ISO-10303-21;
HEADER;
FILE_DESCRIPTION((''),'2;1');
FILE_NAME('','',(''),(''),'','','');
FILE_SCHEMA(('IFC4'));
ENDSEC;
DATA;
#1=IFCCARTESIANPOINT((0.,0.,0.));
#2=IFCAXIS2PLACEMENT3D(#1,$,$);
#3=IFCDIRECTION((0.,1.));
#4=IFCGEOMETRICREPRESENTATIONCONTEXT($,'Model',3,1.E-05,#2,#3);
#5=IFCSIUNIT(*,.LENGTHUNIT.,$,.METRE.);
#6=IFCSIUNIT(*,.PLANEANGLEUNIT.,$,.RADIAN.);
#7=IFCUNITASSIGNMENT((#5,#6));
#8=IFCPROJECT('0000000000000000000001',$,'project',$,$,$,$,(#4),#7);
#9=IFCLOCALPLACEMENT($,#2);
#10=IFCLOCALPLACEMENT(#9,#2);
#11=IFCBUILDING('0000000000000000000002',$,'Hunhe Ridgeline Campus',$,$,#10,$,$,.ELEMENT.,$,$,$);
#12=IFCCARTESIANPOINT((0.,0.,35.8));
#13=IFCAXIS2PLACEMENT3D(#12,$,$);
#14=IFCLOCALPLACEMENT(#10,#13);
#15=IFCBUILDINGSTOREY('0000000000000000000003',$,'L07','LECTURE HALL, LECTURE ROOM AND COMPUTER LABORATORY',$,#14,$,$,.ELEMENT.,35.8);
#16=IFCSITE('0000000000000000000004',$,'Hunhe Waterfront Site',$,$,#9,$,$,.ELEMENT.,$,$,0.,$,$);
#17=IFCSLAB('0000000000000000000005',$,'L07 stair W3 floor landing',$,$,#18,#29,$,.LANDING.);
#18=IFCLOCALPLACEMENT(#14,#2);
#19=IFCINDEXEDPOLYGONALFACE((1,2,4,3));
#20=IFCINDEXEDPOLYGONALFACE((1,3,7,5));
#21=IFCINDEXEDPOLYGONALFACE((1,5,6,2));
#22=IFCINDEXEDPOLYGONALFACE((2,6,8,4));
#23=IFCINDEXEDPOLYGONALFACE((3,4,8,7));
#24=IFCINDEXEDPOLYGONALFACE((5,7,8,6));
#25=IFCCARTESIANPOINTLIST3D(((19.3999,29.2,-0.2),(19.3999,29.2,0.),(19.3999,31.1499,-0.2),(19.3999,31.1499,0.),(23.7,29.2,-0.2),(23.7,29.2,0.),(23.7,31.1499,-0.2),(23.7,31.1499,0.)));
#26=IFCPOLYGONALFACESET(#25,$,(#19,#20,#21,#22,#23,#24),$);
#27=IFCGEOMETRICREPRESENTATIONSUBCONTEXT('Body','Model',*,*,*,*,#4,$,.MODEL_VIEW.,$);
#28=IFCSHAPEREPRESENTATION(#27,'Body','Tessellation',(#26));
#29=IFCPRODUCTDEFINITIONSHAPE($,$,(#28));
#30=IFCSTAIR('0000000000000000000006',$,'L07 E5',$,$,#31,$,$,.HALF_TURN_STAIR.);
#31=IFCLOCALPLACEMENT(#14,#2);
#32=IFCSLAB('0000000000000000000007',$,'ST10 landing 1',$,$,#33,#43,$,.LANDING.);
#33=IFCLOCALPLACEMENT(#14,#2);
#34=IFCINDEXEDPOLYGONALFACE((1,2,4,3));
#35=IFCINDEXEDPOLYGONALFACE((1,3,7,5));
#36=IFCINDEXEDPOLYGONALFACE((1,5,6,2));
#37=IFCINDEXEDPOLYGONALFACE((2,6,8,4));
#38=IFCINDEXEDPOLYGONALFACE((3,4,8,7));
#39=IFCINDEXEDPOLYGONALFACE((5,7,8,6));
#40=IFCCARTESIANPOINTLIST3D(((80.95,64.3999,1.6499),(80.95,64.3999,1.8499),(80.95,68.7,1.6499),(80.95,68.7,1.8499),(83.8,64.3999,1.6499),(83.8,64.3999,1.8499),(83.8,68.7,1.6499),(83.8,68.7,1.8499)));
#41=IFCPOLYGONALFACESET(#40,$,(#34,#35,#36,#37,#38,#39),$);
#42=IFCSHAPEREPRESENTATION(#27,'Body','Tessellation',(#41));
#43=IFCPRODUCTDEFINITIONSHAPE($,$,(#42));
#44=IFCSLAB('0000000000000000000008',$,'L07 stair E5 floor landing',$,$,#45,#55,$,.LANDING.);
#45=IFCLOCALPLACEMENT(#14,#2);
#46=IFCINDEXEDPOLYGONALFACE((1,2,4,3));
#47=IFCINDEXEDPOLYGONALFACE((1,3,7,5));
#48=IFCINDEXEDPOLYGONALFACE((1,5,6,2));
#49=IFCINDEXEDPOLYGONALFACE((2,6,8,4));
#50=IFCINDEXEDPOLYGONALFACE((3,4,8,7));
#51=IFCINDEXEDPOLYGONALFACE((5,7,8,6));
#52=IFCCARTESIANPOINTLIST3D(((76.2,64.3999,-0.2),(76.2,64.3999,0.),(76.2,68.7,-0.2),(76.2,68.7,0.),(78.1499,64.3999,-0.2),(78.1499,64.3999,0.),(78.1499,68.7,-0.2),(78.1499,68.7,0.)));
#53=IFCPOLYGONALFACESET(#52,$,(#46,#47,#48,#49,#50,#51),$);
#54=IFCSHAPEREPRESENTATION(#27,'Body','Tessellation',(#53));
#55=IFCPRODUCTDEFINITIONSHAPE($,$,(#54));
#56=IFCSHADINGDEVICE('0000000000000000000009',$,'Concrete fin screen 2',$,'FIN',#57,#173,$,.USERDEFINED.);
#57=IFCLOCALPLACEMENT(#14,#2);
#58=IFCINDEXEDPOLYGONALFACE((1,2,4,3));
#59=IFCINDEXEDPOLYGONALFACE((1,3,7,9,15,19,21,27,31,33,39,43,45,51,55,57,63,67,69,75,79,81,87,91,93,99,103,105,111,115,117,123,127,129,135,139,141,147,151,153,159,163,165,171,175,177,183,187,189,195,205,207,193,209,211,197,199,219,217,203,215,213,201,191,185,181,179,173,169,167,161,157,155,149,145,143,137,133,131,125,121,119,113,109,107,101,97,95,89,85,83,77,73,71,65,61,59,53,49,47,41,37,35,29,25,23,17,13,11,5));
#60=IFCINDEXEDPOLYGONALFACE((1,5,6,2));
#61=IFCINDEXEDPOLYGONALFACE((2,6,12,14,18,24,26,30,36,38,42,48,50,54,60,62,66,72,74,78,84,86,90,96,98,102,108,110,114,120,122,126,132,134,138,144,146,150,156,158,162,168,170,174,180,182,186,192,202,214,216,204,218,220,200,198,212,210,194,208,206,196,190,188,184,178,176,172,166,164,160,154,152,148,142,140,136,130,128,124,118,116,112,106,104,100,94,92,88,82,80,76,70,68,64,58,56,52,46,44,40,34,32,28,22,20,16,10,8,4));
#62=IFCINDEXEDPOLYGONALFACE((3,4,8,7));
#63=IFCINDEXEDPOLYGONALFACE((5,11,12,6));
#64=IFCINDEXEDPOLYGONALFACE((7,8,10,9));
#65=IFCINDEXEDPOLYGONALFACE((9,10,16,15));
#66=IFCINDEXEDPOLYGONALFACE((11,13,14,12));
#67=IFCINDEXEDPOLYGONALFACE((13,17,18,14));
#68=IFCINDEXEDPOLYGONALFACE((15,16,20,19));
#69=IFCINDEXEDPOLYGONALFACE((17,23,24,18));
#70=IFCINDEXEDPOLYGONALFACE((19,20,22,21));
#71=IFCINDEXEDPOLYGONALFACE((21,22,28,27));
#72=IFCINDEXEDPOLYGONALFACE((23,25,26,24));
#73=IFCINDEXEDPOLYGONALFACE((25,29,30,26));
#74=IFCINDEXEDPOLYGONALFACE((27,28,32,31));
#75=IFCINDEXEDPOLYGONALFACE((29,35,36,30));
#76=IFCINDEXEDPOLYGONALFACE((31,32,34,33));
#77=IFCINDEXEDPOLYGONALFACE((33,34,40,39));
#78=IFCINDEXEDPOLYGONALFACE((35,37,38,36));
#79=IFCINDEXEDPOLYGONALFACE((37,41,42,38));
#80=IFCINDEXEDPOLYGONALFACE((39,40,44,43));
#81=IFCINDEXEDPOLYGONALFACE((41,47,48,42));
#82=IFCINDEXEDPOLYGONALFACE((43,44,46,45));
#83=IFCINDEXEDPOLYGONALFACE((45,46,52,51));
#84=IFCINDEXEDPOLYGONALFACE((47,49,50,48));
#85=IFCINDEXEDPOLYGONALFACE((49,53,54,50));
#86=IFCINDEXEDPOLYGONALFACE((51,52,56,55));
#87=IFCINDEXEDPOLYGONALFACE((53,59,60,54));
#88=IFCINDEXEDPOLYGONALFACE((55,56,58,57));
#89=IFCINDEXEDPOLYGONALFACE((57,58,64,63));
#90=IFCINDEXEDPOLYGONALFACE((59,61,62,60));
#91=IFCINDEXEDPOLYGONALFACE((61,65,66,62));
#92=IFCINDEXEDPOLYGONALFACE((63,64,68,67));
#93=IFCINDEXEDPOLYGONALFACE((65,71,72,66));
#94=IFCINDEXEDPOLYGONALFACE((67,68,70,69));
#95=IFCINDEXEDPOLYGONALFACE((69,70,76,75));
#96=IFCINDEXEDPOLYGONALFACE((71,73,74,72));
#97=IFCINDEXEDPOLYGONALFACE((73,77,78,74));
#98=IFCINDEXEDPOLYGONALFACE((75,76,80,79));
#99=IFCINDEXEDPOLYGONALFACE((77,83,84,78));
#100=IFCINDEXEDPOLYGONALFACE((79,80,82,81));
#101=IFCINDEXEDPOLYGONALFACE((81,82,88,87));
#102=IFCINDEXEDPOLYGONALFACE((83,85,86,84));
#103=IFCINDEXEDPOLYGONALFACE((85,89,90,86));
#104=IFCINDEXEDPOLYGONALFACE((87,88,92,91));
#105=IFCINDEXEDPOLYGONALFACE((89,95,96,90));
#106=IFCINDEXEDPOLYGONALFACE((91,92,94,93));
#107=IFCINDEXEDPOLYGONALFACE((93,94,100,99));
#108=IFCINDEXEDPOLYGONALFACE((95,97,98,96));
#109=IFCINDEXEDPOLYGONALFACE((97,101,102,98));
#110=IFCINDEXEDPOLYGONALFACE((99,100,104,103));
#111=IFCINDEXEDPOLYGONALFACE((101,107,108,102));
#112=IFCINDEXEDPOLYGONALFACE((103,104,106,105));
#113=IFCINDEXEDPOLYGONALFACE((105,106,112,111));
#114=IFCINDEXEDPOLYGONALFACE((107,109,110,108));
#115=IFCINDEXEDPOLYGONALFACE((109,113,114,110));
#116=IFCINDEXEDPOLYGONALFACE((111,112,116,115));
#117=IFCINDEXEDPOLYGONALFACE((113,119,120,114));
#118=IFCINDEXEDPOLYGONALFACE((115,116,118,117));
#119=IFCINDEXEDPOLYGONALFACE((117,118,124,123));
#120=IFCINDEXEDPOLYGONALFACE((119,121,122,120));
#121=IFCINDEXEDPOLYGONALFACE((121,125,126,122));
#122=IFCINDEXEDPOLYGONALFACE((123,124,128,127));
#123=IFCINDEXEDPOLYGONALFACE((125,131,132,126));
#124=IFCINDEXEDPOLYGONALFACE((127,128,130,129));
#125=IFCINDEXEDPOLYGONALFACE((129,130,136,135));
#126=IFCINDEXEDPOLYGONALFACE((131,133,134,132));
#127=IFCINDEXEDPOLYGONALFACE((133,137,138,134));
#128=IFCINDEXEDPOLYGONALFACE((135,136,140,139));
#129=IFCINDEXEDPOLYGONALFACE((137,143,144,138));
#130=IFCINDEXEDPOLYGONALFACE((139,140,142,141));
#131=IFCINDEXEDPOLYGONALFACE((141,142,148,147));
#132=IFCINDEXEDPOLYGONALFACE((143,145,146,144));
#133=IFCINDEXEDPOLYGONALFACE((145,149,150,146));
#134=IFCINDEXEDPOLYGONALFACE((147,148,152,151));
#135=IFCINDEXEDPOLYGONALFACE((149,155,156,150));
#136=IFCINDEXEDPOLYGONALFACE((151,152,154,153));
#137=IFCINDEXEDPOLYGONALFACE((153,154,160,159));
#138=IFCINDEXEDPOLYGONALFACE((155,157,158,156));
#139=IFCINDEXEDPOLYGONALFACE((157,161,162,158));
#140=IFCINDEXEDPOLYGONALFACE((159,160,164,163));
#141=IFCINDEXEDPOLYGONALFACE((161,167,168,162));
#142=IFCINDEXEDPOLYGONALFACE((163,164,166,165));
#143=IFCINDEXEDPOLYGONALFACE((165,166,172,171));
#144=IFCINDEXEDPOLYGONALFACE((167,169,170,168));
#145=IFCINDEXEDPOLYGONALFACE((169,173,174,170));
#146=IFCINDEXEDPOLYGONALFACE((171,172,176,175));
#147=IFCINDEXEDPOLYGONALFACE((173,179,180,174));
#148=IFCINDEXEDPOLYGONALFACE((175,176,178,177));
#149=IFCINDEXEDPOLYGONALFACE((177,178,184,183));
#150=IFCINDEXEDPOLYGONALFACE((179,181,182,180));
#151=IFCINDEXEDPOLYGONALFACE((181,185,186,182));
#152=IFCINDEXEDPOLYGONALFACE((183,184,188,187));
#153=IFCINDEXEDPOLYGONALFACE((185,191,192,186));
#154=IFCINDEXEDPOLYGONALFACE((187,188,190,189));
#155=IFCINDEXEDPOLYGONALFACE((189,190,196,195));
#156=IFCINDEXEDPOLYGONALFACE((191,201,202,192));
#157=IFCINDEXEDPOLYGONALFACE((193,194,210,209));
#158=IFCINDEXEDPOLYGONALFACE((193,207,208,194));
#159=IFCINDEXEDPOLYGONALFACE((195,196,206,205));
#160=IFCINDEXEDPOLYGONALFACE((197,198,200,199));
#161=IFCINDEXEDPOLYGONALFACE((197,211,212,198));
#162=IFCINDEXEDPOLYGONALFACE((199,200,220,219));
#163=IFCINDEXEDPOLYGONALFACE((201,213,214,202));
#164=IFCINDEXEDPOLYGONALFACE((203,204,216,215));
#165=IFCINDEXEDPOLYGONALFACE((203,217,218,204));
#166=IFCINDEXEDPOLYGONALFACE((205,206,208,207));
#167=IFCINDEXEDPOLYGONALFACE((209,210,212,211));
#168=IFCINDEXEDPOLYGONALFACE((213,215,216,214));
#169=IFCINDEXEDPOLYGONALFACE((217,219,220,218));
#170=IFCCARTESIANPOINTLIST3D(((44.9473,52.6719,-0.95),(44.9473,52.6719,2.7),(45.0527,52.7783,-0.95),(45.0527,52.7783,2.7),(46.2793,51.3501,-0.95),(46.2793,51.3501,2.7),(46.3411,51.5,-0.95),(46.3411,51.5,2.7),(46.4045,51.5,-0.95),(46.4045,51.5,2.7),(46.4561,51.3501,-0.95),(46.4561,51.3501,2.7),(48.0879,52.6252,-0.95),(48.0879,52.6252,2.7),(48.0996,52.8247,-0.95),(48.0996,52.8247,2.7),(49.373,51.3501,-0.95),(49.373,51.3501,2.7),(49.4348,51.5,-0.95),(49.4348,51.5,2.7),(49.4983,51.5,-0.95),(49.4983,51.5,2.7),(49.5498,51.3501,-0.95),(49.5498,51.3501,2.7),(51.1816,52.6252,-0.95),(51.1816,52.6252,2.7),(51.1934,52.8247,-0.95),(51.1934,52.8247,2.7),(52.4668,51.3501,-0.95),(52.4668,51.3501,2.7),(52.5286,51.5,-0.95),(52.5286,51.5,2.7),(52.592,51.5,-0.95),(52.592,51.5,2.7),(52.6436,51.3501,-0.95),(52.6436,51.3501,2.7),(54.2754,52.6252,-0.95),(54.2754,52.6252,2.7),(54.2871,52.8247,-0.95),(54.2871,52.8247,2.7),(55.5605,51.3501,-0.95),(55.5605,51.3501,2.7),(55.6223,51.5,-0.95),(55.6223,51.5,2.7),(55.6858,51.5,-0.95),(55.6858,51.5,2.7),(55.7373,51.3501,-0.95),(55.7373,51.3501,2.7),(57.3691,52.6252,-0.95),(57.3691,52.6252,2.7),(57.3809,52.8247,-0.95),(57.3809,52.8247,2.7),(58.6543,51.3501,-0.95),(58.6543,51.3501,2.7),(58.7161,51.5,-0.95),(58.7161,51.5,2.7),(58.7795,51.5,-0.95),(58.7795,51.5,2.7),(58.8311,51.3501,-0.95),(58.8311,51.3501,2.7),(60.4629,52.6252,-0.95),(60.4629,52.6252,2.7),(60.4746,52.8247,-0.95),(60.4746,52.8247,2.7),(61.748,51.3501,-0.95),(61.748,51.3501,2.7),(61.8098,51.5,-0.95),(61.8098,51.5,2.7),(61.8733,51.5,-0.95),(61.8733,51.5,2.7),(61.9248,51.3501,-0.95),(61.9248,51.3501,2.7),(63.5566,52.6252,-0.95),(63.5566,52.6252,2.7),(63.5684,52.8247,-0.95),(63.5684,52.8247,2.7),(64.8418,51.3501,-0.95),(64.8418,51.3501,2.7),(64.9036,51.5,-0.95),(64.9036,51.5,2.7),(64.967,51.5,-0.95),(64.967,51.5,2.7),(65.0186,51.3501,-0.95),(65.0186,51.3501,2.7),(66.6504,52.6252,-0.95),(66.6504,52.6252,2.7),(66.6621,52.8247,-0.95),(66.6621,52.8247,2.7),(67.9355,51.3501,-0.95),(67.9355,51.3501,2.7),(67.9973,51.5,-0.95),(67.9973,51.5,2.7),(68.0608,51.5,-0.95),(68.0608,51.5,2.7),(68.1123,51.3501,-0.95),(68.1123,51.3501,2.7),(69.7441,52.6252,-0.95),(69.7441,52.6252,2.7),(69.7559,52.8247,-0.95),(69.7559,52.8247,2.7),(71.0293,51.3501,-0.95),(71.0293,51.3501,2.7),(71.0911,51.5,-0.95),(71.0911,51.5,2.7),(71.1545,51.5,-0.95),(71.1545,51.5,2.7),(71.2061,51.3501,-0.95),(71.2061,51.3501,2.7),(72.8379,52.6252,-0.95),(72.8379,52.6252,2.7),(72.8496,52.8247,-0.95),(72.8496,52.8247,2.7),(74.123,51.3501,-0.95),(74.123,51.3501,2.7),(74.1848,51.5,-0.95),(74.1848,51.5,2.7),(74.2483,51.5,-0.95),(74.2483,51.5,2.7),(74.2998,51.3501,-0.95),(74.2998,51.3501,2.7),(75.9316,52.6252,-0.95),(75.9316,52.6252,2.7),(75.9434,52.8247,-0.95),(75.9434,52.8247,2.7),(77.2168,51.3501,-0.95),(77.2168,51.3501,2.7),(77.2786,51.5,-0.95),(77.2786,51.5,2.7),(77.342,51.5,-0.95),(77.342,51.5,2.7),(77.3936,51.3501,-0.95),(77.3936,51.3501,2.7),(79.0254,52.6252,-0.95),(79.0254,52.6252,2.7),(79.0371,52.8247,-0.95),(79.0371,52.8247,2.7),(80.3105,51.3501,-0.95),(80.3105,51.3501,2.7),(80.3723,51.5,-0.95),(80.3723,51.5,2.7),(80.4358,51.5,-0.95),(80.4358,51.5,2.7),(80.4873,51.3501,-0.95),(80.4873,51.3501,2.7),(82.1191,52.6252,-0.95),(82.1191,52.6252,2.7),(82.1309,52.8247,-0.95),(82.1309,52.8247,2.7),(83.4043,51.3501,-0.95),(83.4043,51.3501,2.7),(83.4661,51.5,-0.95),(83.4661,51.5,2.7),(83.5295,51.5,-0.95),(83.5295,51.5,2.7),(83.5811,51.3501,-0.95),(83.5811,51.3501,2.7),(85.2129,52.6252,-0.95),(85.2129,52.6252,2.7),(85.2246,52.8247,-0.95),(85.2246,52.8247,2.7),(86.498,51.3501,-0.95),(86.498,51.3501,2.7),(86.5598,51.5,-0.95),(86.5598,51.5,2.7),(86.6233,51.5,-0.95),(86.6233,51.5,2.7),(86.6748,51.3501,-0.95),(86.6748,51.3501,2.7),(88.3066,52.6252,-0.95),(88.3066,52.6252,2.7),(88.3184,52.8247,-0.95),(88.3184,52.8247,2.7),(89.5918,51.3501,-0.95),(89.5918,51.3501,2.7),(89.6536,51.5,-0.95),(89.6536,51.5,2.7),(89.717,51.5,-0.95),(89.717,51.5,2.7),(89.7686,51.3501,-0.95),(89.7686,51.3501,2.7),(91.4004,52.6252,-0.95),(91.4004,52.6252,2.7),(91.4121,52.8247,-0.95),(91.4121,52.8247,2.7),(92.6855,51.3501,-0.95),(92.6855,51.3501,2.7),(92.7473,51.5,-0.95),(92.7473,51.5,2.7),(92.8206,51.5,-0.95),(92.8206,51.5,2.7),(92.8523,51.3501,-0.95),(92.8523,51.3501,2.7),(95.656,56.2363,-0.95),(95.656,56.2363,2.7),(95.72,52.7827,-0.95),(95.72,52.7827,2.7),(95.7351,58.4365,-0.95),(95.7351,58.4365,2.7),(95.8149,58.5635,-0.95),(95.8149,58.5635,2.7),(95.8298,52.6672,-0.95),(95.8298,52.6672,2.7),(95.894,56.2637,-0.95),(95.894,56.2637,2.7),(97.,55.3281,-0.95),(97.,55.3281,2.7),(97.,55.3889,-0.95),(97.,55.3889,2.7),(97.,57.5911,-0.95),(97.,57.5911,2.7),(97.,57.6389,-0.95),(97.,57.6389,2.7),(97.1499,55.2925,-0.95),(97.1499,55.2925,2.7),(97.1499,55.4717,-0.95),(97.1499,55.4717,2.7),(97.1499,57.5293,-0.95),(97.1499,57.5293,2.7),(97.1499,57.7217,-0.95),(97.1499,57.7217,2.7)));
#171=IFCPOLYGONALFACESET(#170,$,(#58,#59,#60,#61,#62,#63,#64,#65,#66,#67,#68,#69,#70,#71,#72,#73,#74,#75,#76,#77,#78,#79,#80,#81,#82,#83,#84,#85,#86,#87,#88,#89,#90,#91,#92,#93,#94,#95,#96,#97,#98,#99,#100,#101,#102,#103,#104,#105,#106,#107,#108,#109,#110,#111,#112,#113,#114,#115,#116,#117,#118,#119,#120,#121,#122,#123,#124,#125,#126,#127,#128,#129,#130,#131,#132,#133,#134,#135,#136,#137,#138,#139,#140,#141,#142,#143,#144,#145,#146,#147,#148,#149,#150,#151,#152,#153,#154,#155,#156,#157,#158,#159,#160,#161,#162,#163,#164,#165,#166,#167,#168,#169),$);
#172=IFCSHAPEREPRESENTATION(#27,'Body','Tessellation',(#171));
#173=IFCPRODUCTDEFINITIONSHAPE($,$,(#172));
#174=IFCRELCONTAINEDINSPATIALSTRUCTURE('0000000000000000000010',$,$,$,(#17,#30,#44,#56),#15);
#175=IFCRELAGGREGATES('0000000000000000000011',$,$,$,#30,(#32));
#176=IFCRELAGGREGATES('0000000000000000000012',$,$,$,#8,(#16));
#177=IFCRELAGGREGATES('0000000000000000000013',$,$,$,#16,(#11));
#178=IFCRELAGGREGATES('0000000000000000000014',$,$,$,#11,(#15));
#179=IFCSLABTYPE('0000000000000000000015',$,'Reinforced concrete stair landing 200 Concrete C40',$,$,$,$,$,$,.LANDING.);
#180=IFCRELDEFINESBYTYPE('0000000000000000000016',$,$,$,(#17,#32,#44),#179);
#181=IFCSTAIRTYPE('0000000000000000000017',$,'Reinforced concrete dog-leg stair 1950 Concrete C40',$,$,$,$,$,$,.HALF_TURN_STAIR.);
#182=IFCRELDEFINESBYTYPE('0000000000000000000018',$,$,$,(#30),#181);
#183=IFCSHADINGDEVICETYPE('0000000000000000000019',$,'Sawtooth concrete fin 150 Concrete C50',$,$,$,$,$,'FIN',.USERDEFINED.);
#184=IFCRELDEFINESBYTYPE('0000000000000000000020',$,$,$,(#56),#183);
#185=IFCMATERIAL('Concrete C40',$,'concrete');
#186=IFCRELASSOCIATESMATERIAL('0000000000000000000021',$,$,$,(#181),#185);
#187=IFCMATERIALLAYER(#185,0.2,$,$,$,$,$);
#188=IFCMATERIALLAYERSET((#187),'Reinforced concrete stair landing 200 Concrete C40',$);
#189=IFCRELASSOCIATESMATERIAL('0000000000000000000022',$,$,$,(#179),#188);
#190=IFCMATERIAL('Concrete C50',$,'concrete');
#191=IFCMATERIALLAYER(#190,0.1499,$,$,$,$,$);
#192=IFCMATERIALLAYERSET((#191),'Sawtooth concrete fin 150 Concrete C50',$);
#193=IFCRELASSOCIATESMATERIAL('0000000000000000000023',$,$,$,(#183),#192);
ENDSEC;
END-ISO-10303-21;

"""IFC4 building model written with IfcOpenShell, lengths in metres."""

from ifc_helpers import new_model, si_unit, direction, frame, origin, place, context, subcontext, project, spatial, polyline, outline, extrude, material, layer, layer_set, type_object, element, aggregate, save


model = new_model("IFC4")

# Units and contexts
model_context = context("Model", 3, precision=1e-05, world=origin(), true_north=direction((0.0, 1.0)))
body_context = subcontext(model_context, "Body", "Model", "MODEL_VIEW")
ifc_project = project(units=[si_unit("LENGTHUNIT", "METRE"), si_unit("PLANEANGLEUNIT", "RADIAN")], contexts=[model_context])

# Site, building, storey
site_placement = place(None, origin())
site = spatial("IfcSite", under=ifc_project, at=site_placement, Name="Hunhe Waterfront Site", CompositionType="ELEMENT", RefElevation=0.0)
building_placement = place(site_placement, origin())
building = spatial("IfcBuilding", under=site, at=building_placement, Name="Hunhe Ridgeline Campus", CompositionType="ELEMENT")
storey_placement = place(building_placement, frame((0.0, 0.0, 35.8)))
storey = spatial("IfcBuildingStorey", under=building, at=storey_placement, Name="L07", Description="LECTURE HALL, LECTURE ROOM AND COMPUTER LABORATORY", CompositionType="ELEMENT", Elevation=35.8)

# Shared definitions
ifc_material_1 = material(Name="Concrete C40", Category="concrete")

# Shared definitions
stair_type = type_object("IfcStairType", Name="Reinforced concrete dog-leg stair 1950 Concrete C40", PredefinedType="HALF_TURN_STAIR", material=ifc_material_1)
ifc_layer_1 = layer(ifc_material_1, 0.2)
ifc_layer_set_1 = layer_set([ifc_layer_1], Name="Reinforced concrete stair landing 200 Concrete C40")
slab_type_1 = type_object("IfcSlabType", Name="Reinforced concrete stair landing 200 Concrete C40", PredefinedType="LANDING", material=ifc_layer_set_1)

# Slab
slab_1_placement = place(storey_placement, frame((0.0, 0.0, -0.2)))
element("IfcSlab", 1, at=slab_1_placement, inside=storey, type_object=slab_type_1, Name="L07 stair W3 floor landing", PredefinedType="LANDING", context=body_context, shape_type="SweptSolid", body=[
    extrude(outline(polyline([(23.7, 29.2), (23.7, 31.1499), (19.3999, 31.1499), (19.3999, 29.2), (23.7, 29.2)])), origin(), (0.0, 0.0, 1.0), 0.2),
])

# Stair, slab
stair_1_placement = place(storey_placement, origin())
stair_1 = element("IfcStair", 2, at=stair_1_placement, inside=storey, type_object=stair_type, Name="L07 E5", PredefinedType="HALF_TURN_STAIR")
slab_2_placement = place(storey_placement, frame((0.0, 0.0, 1.6499)))
slab_2 = element("IfcSlab", 3, at=slab_2_placement, type_object=slab_type_1, Name="ST10 landing 1", PredefinedType="LANDING", context=body_context, shape_type="SweptSolid", body=[
    extrude(outline(polyline([(80.95, 64.3999), (83.8, 64.3999), (83.8, 68.7), (80.95, 68.7), (80.95, 64.3999)])), origin(), (0.0, 0.0, 1.0), 0.2),
])
aggregate(stair_1, [slab_2])

# Slab
slab_3_placement = place(storey_placement, frame((0.0, 0.0, -0.2)))
element("IfcSlab", 4, at=slab_3_placement, inside=storey, type_object=slab_type_1, Name="L07 stair E5 floor landing", PredefinedType="LANDING", context=body_context, shape_type="SweptSolid", body=[
    extrude(outline(polyline([(76.2, 64.3999), (78.1499, 64.3999), (78.1499, 68.7), (76.2, 68.7), (76.2, 64.3999)])), origin(), (0.0, 0.0, 1.0), 0.2),
])

# Shading device
ifc_material_2 = material(Name="Concrete C50", Category="concrete")
ifc_layer_2 = layer(ifc_material_2, 0.1499)
ifc_layer_set_2 = layer_set([ifc_layer_2], Name="Sawtooth concrete fin 150 Concrete C50")
shading_device_type = type_object("IfcShadingDeviceType", Name="Sawtooth concrete fin 150 Concrete C50", ElementType="FIN", PredefinedType="USERDEFINED", material=ifc_layer_set_2)
shading_device_1_placement = place(storey_placement, frame((0.0, 0.0, -0.95)))
element("IfcShadingDevice", 5, at=shading_device_1_placement, inside=storey, type_object=shading_device_type, Name="Concrete fin screen 2", ObjectType="FIN", PredefinedType="USERDEFINED", context=body_context, shape_type="SweptSolid", body=[
    extrude(outline(polyline([(45.0527, 52.7783), (44.9473, 52.6719), (46.2793, 51.3501), (46.4561, 51.3501), (48.0879, 52.6252), (49.373, 51.3501), (49.5498, 51.3501), (51.1816, 52.6252), (52.4668, 51.3501), (52.6436, 51.3501), (54.2754, 52.6252), (55.5605, 51.3501), (55.7373, 51.3501), (57.3691, 52.6252), (58.6543, 51.3501), (58.8311, 51.3501), (60.4629, 52.6252), (61.748, 51.3501), (61.9248, 51.3501), (63.5566, 52.6252), (64.8418, 51.3501), (65.0186, 51.3501), (66.6504, 52.6252), (67.9355, 51.3501), (68.1123, 51.3501), (69.7441, 52.6252), (71.0293, 51.3501), (71.2061, 51.3501), (72.8379, 52.6252), (74.123, 51.3501), (74.2998, 51.3501), (75.9316, 52.6252), (77.2168, 51.3501), (77.3936, 51.3501), (79.0254, 52.6252), (80.3105, 51.3501), (80.4873, 51.3501), (82.1191, 52.6252), (83.4043, 51.3501), (83.5811, 51.3501), (85.2129, 52.6252), (86.498, 51.3501), (86.6748, 51.3501), (88.3066, 52.6252), (89.5918, 51.3501), (89.7686, 51.3501), (91.4004, 52.6252), (92.6855, 51.3501), (92.8523, 51.3501), (95.8298, 52.6672), (97.1499, 55.2925), (97.1499, 55.4717), (95.894, 56.2637), (97.1499, 57.5293), (97.1499, 57.7217), (95.8149, 58.5635), (95.7351, 58.4365), (97.0, 57.6389), (97.0, 57.5911), (95.656, 56.2363), (97.0, 55.3889), (97.0, 55.3281), (95.72, 52.7827), (92.8206, 51.5), (92.7473, 51.5), (91.4121, 52.8247), (89.717, 51.5), (89.6536, 51.5), (88.3184, 52.8247), (86.6233, 51.5), (86.5598, 51.5), (85.2246, 52.8247), (83.5295, 51.5), (83.4661, 51.5), (82.1309, 52.8247), (80.4358, 51.5), (80.3723, 51.5), (79.0371, 52.8247), (77.342, 51.5), (77.2786, 51.5), (75.9434, 52.8247), (74.2483, 51.5), (74.1848, 51.5), (72.8496, 52.8247), (71.1545, 51.5), (71.0911, 51.5), (69.7559, 52.8247), (68.0608, 51.5), (67.9973, 51.5), (66.6621, 52.8247), (64.967, 51.5), (64.9036, 51.5), (63.5684, 52.8247), (61.8733, 51.5), (61.8098, 51.5), (60.4746, 52.8247), (58.7795, 51.5), (58.7161, 51.5), (57.3809, 52.8247), (55.6858, 51.5), (55.6223, 51.5), (54.2871, 52.8247), (52.592, 51.5), (52.5286, 51.5), (51.1934, 52.8247), (49.4983, 51.5), (49.4348, 51.5), (48.0996, 52.8247), (46.4045, 51.5), (46.3411, 51.5), (45.0527, 52.7783)])), origin(), (0.0, 0.0, 1.0), 3.6499),
])

save(model, "model.ifc")
